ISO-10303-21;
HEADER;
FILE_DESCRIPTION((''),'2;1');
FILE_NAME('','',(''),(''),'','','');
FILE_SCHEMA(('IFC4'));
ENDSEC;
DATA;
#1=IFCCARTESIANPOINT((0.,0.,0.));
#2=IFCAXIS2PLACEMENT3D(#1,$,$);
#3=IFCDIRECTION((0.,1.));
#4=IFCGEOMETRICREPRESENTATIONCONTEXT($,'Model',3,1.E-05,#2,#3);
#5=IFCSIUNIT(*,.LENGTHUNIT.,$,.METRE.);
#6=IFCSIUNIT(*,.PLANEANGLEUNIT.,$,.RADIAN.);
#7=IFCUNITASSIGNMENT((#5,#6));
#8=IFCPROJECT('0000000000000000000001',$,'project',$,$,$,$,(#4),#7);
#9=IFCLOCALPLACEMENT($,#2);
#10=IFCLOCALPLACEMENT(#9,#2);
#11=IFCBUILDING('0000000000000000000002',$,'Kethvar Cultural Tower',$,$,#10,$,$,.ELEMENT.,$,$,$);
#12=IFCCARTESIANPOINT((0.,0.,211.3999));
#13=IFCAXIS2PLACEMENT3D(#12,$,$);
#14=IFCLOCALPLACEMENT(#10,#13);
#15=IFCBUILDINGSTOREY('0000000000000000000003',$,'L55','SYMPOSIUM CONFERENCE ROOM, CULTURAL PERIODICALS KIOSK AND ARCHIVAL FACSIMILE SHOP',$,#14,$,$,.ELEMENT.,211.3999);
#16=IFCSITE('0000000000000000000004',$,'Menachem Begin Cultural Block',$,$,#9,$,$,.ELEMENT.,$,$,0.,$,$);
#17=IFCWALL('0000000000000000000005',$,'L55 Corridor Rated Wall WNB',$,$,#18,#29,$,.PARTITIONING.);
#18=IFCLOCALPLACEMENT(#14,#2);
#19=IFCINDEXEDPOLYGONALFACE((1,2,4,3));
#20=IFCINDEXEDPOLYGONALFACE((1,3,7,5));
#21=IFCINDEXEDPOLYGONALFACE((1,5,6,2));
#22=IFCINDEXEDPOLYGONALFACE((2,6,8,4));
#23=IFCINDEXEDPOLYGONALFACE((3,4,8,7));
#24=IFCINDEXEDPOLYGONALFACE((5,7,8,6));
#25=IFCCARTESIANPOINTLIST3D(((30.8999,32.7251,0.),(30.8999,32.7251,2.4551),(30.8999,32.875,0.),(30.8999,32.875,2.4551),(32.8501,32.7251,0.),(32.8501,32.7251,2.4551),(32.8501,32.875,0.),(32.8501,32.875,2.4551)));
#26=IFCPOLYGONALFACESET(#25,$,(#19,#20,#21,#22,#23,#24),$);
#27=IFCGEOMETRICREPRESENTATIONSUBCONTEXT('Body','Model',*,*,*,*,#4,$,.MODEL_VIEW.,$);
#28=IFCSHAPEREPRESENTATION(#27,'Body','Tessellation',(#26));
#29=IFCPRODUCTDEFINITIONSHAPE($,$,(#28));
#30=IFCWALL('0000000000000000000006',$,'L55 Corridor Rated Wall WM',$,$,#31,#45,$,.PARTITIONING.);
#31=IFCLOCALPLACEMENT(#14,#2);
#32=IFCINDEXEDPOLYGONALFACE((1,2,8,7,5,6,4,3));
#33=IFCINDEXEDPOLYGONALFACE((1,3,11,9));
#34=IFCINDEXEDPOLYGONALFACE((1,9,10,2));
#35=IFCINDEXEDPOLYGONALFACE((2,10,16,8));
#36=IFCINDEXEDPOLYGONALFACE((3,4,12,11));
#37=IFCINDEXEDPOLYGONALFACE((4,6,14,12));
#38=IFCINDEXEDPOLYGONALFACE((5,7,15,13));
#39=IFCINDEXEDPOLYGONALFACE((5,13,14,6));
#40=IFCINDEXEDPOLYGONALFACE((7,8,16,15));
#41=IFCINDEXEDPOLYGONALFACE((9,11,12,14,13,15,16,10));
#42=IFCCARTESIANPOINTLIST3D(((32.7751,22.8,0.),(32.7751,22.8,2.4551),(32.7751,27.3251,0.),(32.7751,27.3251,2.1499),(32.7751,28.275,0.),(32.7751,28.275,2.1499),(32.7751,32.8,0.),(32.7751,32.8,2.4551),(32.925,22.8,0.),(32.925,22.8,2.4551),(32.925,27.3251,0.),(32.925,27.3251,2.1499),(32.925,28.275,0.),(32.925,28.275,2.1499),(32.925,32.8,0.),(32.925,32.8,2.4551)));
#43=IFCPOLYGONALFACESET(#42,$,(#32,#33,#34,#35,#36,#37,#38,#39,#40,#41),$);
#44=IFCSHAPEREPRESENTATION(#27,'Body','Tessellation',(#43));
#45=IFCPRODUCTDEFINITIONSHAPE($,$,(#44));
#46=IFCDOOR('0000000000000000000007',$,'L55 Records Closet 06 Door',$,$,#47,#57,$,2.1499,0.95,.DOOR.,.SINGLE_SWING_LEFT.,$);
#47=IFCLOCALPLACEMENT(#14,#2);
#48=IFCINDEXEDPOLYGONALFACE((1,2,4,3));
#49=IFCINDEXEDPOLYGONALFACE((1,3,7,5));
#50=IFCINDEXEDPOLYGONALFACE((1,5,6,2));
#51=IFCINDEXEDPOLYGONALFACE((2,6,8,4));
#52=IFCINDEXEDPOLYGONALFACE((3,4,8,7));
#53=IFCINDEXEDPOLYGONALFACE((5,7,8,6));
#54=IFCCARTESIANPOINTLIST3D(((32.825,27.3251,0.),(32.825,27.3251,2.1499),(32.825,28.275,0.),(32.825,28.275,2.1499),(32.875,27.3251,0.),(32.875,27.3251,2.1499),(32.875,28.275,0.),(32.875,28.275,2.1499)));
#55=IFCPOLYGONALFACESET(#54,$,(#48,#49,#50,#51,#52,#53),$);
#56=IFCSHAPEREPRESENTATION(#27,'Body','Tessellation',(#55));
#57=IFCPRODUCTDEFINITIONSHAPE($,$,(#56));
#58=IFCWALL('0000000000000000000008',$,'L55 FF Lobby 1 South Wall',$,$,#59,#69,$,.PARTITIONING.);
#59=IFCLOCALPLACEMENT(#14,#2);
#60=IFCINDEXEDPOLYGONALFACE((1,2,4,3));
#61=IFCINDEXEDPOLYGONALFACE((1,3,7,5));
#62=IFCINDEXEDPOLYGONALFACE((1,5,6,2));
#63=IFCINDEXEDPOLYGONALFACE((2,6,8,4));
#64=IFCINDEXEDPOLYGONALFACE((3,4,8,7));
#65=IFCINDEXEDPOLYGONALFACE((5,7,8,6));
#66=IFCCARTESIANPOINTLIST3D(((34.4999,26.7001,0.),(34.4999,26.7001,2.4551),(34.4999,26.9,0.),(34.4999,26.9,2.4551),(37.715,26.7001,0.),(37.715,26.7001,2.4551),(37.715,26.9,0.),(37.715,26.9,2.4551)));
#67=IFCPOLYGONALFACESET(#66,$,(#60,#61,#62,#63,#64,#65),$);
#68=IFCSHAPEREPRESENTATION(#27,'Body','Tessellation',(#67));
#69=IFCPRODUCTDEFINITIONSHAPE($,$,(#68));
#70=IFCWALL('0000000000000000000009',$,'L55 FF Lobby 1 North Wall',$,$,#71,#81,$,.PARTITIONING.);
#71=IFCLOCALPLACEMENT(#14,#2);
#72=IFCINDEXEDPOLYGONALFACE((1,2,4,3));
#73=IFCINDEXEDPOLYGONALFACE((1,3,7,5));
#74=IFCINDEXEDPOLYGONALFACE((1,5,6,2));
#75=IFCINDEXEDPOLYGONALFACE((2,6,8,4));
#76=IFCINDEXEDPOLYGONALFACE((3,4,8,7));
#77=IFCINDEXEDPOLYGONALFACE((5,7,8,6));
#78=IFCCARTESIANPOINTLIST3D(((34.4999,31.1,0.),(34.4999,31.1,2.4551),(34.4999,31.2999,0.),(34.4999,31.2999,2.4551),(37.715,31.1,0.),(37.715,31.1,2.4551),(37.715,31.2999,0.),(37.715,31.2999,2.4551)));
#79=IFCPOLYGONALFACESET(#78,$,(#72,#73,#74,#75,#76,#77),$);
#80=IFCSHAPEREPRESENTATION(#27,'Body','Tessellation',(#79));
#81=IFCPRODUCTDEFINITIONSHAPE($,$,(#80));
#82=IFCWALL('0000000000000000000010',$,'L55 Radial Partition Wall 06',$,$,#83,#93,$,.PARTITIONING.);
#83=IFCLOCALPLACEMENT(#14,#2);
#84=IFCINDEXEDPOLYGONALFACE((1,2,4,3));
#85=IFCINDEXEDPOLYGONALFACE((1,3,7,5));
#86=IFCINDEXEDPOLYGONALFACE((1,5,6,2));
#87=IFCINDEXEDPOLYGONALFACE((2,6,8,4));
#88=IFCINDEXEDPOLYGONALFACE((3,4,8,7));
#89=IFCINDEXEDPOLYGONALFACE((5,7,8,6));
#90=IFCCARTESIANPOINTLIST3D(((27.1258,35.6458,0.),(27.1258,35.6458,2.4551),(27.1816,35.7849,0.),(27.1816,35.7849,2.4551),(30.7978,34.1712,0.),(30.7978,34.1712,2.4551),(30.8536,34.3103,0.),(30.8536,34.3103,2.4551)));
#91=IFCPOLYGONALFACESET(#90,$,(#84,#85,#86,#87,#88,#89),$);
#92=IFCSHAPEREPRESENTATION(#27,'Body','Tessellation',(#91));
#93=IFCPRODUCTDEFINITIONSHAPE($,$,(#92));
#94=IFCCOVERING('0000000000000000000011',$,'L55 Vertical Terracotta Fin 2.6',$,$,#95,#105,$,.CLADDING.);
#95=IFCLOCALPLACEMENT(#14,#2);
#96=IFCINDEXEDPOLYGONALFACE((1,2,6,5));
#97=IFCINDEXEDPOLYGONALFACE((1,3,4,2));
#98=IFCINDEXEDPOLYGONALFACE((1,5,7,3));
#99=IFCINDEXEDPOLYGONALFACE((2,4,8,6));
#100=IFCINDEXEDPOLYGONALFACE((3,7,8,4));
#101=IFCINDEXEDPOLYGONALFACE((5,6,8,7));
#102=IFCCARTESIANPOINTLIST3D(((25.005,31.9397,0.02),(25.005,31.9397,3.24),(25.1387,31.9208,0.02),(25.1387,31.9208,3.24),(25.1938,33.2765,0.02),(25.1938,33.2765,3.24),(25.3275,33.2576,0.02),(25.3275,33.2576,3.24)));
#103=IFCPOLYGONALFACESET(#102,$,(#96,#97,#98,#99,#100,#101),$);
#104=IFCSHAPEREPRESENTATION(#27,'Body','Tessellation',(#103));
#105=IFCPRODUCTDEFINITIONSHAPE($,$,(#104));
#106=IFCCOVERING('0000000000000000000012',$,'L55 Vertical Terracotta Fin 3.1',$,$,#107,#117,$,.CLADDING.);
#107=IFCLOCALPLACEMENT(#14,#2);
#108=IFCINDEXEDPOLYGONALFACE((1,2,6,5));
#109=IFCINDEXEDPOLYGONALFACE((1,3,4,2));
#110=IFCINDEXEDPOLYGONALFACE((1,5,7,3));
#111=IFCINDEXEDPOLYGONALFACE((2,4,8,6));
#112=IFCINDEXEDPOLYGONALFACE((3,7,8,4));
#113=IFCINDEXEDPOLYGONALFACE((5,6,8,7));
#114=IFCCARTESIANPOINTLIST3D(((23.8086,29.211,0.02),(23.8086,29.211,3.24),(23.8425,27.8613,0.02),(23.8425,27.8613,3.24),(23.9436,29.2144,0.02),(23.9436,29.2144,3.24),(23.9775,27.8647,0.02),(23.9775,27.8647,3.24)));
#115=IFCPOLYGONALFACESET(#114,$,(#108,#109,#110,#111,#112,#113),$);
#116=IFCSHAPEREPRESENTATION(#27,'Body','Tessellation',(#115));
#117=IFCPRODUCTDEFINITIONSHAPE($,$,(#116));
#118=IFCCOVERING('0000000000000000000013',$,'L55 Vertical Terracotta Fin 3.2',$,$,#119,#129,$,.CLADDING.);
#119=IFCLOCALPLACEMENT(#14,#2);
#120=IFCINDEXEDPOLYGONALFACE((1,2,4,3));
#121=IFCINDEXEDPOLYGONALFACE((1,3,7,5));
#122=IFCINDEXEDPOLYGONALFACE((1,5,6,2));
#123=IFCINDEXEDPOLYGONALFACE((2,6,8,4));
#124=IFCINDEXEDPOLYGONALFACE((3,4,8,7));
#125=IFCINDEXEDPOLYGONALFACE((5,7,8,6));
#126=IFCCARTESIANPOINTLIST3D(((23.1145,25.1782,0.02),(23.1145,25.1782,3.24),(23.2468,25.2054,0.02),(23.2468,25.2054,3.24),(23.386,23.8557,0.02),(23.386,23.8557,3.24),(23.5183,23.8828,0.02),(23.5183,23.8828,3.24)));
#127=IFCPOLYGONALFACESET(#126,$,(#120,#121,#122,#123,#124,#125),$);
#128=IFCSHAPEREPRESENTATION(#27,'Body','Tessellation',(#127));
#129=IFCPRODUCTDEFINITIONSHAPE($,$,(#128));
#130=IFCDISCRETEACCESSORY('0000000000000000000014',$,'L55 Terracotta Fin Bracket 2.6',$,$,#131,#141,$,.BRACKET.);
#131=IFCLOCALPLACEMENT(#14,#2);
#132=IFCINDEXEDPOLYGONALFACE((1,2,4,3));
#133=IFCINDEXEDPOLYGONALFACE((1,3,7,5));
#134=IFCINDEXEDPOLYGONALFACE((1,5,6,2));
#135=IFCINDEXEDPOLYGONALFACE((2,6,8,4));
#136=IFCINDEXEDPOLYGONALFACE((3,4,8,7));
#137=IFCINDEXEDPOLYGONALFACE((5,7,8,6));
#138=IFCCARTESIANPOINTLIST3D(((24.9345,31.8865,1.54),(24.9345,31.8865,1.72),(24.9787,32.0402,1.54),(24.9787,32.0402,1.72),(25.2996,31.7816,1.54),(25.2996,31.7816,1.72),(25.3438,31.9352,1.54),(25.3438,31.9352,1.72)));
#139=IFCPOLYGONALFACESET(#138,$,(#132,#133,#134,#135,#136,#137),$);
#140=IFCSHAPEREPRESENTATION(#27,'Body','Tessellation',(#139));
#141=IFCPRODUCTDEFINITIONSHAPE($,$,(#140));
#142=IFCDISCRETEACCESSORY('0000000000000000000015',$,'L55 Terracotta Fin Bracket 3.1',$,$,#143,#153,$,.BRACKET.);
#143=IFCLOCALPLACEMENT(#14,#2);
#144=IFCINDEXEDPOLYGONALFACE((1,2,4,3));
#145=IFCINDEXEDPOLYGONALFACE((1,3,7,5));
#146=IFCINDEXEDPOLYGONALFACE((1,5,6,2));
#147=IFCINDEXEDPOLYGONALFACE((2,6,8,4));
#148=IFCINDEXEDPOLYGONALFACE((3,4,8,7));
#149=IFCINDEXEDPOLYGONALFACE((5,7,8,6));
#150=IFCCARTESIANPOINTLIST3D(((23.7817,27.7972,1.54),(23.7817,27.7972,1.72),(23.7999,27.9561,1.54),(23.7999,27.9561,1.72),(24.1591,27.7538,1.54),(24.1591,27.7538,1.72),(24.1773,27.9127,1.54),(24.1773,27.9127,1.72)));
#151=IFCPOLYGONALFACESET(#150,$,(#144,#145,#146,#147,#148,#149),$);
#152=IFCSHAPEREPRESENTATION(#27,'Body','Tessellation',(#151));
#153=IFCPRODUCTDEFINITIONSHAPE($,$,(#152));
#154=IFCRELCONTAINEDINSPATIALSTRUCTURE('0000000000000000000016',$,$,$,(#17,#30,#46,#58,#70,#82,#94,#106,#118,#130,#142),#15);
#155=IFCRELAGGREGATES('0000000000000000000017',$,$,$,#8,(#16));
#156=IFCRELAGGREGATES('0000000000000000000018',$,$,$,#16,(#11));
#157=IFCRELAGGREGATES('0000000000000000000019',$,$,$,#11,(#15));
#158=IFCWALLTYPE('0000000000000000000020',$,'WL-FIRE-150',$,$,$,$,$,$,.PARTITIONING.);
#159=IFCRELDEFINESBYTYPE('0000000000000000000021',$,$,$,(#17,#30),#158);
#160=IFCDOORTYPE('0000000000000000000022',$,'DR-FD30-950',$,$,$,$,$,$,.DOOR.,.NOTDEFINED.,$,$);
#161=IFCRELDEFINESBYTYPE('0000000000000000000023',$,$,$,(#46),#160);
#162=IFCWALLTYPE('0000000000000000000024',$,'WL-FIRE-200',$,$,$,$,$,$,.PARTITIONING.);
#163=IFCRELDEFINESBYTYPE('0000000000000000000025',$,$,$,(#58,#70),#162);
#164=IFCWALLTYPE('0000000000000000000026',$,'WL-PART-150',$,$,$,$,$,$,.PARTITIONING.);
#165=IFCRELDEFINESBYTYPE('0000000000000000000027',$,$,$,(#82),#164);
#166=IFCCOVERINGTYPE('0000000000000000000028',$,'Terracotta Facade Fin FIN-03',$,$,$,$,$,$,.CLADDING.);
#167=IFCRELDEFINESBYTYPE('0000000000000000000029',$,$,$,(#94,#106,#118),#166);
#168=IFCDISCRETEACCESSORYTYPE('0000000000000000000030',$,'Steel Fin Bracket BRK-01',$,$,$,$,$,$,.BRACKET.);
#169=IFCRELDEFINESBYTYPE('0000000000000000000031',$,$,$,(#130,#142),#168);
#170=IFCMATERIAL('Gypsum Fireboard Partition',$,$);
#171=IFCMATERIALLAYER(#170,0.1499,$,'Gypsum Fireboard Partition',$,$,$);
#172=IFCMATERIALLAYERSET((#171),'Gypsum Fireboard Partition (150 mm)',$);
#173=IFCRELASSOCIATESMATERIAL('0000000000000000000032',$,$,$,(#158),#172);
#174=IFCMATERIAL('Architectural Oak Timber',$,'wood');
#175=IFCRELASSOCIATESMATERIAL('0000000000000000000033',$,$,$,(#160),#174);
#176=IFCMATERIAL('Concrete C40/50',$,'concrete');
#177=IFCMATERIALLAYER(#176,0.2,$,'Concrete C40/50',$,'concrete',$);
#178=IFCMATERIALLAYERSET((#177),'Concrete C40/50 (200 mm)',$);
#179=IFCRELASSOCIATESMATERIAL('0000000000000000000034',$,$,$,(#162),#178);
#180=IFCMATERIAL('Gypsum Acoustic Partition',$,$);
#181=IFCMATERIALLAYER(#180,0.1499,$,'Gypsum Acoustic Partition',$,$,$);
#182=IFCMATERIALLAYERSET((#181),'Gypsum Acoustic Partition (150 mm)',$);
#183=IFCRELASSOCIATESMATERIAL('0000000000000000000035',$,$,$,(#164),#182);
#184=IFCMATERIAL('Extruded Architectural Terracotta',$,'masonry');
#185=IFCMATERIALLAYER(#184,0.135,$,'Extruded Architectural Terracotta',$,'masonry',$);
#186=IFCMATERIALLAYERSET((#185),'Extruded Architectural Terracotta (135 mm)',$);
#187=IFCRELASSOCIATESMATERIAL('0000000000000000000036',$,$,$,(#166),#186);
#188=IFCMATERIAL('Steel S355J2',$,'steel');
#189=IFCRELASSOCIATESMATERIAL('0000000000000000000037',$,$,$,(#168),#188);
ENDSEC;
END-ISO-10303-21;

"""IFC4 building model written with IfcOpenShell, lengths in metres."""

from ifc_helpers import new_model, si_unit, direction, frame, frame_2d, origin, origin_2d, place, context, subcontext, project, spatial, rectangle, extrude, source, transform, mapped, material, layer, layer_set, type_object, element, fill, save


model = new_model("IFC4")

# Units and contexts
model_context = context("Model", 3, precision=1e-05, world=origin(), true_north=direction((0.0, 1.0)))
body_context = subcontext(model_context, "Body", "Model", "MODEL_VIEW")
ifc_project = project(units=[si_unit("LENGTHUNIT", "METRE"), si_unit("PLANEANGLEUNIT", "RADIAN")], contexts=[model_context])

# Site, building, storey
site_placement = place(None, origin())
site = spatial("IfcSite", under=ifc_project, at=site_placement, Name="Menachem Begin Cultural Block", CompositionType="ELEMENT", RefElevation=0.0)
building_placement = place(site_placement, origin())
building = spatial("IfcBuilding", under=site, at=building_placement, Name="Kethvar Cultural Tower", CompositionType="ELEMENT")
storey_placement = place(building_placement, frame((0.0, 0.0, 211.3999)))
storey = spatial("IfcBuildingStorey", under=building, at=storey_placement, Name="L55", Description="SYMPOSIUM CONFERENCE ROOM, CULTURAL PERIODICALS KIOSK AND ARCHIVAL FACSIMILE SHOP", CompositionType="ELEMENT", Elevation=211.3999)

# Shared definitions
ifc_material_1 = material(Name="Steel S355J2", Category="steel")

# Wall
ifc_material_2 = material(Name="Gypsum Fireboard Partition")
ifc_layer_1 = layer(ifc_material_2, 0.1499, Name="Gypsum Fireboard Partition")
ifc_layer_set_1 = layer_set([ifc_layer_1], Name="Gypsum Fireboard Partition (150 mm)")
wall_type_1 = type_object("IfcWallType", Name="WL-FIRE-150", PredefinedType="PARTITIONING", material=ifc_layer_set_1)
wall_1_placement = place(storey_placement, frame((30.8999, 32.8, 0.0), z_axis=(0.0, 0.0, 1.0), x_axis=(1.0, 0.0, 0.0)))
element("IfcWall", 1, at=wall_1_placement, inside=storey, type_object=wall_type_1, Name="L55 Corridor Rated Wall WNB", PredefinedType="PARTITIONING", context=body_context, shape_type="SweptSolid", body=[
    extrude(rectangle(XDim=1.9502, YDim=0.1499, at=frame_2d((0.9751, 0.0))), origin(), (0.0, 0.0, 1.0), 2.4551),
])

# Wall, opening, door
wall_2_placement = place(storey_placement, frame((32.8501, 32.8, 0.0), z_axis=(0.0, 0.0, 1.0), x_axis=(0.0, -1.0, 0.0)))
wall_2 = element("IfcWall", 2, at=wall_2_placement, inside=storey, type_object=wall_type_1, Name="L55 Corridor Rated Wall WM", PredefinedType="PARTITIONING", context=body_context, shape_type="SweptSolid", body=[
    extrude(rectangle(XDim=10.0, YDim=0.1499, at=frame_2d((5.0, 0.0))), origin(), (0.0, 0.0, 1.0), 2.4551),
])
opening_1_placement = place(wall_2_placement, frame((4.5249, 0.0, 0.0)))
opening_1 = element("IfcOpeningElement", 3, at=opening_1_placement, cuts=wall_2, PredefinedType="OPENING", context=body_context, shape_type="SweptSolid", body=[
    extrude(rectangle(XDim=0.95, YDim=2.1499, at=frame_2d((0.4751, 1.075))), frame((0.0, 0.085, 0.0), z_axis=(0.0, -1.0, 0.0), x_axis=(1.0, 0.0, 0.0)), (0.0, 0.0, 1.0), 0.1699),
])
ifc_material_3 = material(Name="Architectural Oak Timber", Category="wood")
door_type_1 = type_object("IfcDoorType", Name="DR-FD30-950", OperationType="NOTDEFINED", PredefinedType="DOOR", material=ifc_material_3)
shared_shape_1 = source(origin(), body_context, "Body", "SweptSolid", [
    extrude(rectangle(XDim=0.95, YDim=2.1499, at=frame_2d((0.4751, 1.075))), frame((0.0, 0.0249, 0.0), z_axis=(0.0, -1.0, 0.0), x_axis=(1.0, 0.0, 0.0)), (0.0, 0.0, 1.0), 0.05),
])
door_1_placement = place(opening_1_placement, origin())
door_1 = element("IfcDoor", 4, at=door_1_placement, inside=storey, type_object=door_type_1, Name="L55 Records Closet 06 Door", OperationType="SINGLE_SWING_LEFT", OverallHeight=2.1499, OverallWidth=0.95, PredefinedType="DOOR", context=body_context, shape_type="MappedRepresentation", body=[
    mapped(shared_shape_1, transform((0.0, 0.0, 0.0), scale=1.0)),
])
fill(opening_1, door_1)
ifc_material_4 = material(Name="Concrete C40/50", Category="concrete")
ifc_layer_2 = layer(ifc_material_4, 0.2, Name="Concrete C40/50", Category="concrete")
ifc_layer_set_2 = layer_set([ifc_layer_2], Name="Concrete C40/50 (200 mm)")
wall_type_2 = type_object("IfcWallType", Name="WL-FIRE-200", PredefinedType="PARTITIONING", material=ifc_layer_set_2)

# Walls
for number, where, z_axis, x_axis, name in (
    (5, (34.5, 26.8, 0.0), (0.0, 0.0, 1.0), (1.0, 0.0, 0.0), "L55 FF Lobby 1 South Wall"),
    (6, (34.5, 31.2, 0.0), (0.0, 0.0, 1.0), (1.0, 0.0, 0.0), "L55 FF Lobby 1 North Wall"),
):
    element("IfcWall", number, at=place(storey_placement, frame(where, z_axis=z_axis, x_axis=x_axis)), inside=storey, type_object=wall_type_2, Name=name, PredefinedType="PARTITIONING", context=body_context, shape_type="SweptSolid", body=[
        extrude(rectangle(XDim=3.2151, YDim=0.2, at=frame_2d((1.6074, 0.0))), origin(), (0.0, 0.0, 1.0), 2.4551),
    ])
ifc_material_5 = material(Name="Gypsum Acoustic Partition")
ifc_layer_3 = layer(ifc_material_5, 0.1499, Name="Gypsum Acoustic Partition")
ifc_layer_set_3 = layer_set([ifc_layer_3], Name="Gypsum Acoustic Partition (150 mm)")
wall_type_3 = type_object("IfcWallType", Name="WL-PART-150", PredefinedType="PARTITIONING", material=ifc_layer_set_3)
wall_3_placement = place(storey_placement, frame((30.8257, 34.2407, 0.0), z_axis=(0.0, 0.0, 1.0), x_axis=(-0.927965, 0.372667, 0.0)))
element("IfcWall", 7, at=wall_3_placement, inside=storey, type_object=wall_type_3, Name="L55 Radial Partition Wall 06", PredefinedType="PARTITIONING", context=body_context, shape_type="SweptSolid", body=[
    extrude(rectangle(XDim=3.957, YDim=0.1499, at=frame_2d((1.9785, 0.0))), origin(), (0.0, 0.0, 1.0), 2.4551),
])

# Coverings
ifc_material_6 = material(Name="Extruded Architectural Terracotta", Category="masonry")
ifc_layer_4 = layer(ifc_material_6, 0.135, Name="Extruded Architectural Terracotta", Category="masonry")
ifc_layer_set_4 = layer_set([ifc_layer_4], Name="Extruded Architectural Terracotta (135 mm)")
covering_type = type_object("IfcCoveringType", Name="Terracotta Facade Fin FIN-03", PredefinedType="CLADDING", material=ifc_layer_set_4)
shared_shape_2 = source(origin(), body_context, "Body", "SweptSolid", [
    extrude(rectangle(XDim=1.3501, YDim=0.135, at=origin_2d()), origin(), (0.0, 0.0, 1.0), 3.22),
])
for number, where, z_axis, x_axis, name in (
    (8, (25.1663, 32.5986, 0.02), (0.0, 0.0, 1.0), (0.139864, 0.990171, 0.0), "L55 Vertical Terracotta Fin 2.6"),
    (9, (23.8931, 28.5378, 0.02), (0.0, 0.0, 1.0), (-0.02513, 0.999684, 0.0), "L55 Vertical Terracotta Fin 3.1"),
    (10, (23.3164, 24.5305, 0.02), (0.0, 0.0, 1.0), (-0.201078, 0.979575, 0.0), "L55 Vertical Terracotta Fin 3.2"),
):
    element("IfcCovering", number, at=place(storey_placement, frame(where, z_axis=z_axis, x_axis=x_axis)), inside=storey, type_object=covering_type, Name=name, PredefinedType="CLADDING", context=body_context, shape_type="MappedRepresentation", body=[
        mapped(shared_shape_2, transform((0.0, 0.0, 0.0), scale=1.0)),
    ])

# Discrete accessories
discrete_accessory_type = type_object("IfcDiscreteAccessoryType", Name="Steel Fin Bracket BRK-01", PredefinedType="BRACKET", material=ifc_material_1)
shared_shape_3 = source(origin(), body_context, "Body", "SweptSolid", [
    extrude(rectangle(XDim=0.3799, YDim=0.1599, at=origin_2d()), origin(), (0.0, 0.0, 1.0), 0.1799),
])
for number, where, z_axis, x_axis, name in (
    (11, (25.1392, 31.9109, 1.54), (0.0, 0.0, 1.0), (-0.961069, 0.276308, 0.0), "L55 Terracotta Fin Bracket 2.6"),
    (12, (23.9795, 27.855, 1.54), (0.0, 0.0, 1.0), (-0.993453, 0.114244, 0.0), "L55 Terracotta Fin Bracket 3.1"),
):
    element("IfcDiscreteAccessory", number, at=place(storey_placement, frame(where, z_axis=z_axis, x_axis=x_axis)), inside=storey, type_object=discrete_accessory_type, Name=name, PredefinedType="BRACKET", context=body_context, shape_type="MappedRepresentation", body=[
        mapped(shared_shape_3, transform((0.0, 0.0, 0.0), scale=1.0)),
    ])

save(model, "model.ifc")
